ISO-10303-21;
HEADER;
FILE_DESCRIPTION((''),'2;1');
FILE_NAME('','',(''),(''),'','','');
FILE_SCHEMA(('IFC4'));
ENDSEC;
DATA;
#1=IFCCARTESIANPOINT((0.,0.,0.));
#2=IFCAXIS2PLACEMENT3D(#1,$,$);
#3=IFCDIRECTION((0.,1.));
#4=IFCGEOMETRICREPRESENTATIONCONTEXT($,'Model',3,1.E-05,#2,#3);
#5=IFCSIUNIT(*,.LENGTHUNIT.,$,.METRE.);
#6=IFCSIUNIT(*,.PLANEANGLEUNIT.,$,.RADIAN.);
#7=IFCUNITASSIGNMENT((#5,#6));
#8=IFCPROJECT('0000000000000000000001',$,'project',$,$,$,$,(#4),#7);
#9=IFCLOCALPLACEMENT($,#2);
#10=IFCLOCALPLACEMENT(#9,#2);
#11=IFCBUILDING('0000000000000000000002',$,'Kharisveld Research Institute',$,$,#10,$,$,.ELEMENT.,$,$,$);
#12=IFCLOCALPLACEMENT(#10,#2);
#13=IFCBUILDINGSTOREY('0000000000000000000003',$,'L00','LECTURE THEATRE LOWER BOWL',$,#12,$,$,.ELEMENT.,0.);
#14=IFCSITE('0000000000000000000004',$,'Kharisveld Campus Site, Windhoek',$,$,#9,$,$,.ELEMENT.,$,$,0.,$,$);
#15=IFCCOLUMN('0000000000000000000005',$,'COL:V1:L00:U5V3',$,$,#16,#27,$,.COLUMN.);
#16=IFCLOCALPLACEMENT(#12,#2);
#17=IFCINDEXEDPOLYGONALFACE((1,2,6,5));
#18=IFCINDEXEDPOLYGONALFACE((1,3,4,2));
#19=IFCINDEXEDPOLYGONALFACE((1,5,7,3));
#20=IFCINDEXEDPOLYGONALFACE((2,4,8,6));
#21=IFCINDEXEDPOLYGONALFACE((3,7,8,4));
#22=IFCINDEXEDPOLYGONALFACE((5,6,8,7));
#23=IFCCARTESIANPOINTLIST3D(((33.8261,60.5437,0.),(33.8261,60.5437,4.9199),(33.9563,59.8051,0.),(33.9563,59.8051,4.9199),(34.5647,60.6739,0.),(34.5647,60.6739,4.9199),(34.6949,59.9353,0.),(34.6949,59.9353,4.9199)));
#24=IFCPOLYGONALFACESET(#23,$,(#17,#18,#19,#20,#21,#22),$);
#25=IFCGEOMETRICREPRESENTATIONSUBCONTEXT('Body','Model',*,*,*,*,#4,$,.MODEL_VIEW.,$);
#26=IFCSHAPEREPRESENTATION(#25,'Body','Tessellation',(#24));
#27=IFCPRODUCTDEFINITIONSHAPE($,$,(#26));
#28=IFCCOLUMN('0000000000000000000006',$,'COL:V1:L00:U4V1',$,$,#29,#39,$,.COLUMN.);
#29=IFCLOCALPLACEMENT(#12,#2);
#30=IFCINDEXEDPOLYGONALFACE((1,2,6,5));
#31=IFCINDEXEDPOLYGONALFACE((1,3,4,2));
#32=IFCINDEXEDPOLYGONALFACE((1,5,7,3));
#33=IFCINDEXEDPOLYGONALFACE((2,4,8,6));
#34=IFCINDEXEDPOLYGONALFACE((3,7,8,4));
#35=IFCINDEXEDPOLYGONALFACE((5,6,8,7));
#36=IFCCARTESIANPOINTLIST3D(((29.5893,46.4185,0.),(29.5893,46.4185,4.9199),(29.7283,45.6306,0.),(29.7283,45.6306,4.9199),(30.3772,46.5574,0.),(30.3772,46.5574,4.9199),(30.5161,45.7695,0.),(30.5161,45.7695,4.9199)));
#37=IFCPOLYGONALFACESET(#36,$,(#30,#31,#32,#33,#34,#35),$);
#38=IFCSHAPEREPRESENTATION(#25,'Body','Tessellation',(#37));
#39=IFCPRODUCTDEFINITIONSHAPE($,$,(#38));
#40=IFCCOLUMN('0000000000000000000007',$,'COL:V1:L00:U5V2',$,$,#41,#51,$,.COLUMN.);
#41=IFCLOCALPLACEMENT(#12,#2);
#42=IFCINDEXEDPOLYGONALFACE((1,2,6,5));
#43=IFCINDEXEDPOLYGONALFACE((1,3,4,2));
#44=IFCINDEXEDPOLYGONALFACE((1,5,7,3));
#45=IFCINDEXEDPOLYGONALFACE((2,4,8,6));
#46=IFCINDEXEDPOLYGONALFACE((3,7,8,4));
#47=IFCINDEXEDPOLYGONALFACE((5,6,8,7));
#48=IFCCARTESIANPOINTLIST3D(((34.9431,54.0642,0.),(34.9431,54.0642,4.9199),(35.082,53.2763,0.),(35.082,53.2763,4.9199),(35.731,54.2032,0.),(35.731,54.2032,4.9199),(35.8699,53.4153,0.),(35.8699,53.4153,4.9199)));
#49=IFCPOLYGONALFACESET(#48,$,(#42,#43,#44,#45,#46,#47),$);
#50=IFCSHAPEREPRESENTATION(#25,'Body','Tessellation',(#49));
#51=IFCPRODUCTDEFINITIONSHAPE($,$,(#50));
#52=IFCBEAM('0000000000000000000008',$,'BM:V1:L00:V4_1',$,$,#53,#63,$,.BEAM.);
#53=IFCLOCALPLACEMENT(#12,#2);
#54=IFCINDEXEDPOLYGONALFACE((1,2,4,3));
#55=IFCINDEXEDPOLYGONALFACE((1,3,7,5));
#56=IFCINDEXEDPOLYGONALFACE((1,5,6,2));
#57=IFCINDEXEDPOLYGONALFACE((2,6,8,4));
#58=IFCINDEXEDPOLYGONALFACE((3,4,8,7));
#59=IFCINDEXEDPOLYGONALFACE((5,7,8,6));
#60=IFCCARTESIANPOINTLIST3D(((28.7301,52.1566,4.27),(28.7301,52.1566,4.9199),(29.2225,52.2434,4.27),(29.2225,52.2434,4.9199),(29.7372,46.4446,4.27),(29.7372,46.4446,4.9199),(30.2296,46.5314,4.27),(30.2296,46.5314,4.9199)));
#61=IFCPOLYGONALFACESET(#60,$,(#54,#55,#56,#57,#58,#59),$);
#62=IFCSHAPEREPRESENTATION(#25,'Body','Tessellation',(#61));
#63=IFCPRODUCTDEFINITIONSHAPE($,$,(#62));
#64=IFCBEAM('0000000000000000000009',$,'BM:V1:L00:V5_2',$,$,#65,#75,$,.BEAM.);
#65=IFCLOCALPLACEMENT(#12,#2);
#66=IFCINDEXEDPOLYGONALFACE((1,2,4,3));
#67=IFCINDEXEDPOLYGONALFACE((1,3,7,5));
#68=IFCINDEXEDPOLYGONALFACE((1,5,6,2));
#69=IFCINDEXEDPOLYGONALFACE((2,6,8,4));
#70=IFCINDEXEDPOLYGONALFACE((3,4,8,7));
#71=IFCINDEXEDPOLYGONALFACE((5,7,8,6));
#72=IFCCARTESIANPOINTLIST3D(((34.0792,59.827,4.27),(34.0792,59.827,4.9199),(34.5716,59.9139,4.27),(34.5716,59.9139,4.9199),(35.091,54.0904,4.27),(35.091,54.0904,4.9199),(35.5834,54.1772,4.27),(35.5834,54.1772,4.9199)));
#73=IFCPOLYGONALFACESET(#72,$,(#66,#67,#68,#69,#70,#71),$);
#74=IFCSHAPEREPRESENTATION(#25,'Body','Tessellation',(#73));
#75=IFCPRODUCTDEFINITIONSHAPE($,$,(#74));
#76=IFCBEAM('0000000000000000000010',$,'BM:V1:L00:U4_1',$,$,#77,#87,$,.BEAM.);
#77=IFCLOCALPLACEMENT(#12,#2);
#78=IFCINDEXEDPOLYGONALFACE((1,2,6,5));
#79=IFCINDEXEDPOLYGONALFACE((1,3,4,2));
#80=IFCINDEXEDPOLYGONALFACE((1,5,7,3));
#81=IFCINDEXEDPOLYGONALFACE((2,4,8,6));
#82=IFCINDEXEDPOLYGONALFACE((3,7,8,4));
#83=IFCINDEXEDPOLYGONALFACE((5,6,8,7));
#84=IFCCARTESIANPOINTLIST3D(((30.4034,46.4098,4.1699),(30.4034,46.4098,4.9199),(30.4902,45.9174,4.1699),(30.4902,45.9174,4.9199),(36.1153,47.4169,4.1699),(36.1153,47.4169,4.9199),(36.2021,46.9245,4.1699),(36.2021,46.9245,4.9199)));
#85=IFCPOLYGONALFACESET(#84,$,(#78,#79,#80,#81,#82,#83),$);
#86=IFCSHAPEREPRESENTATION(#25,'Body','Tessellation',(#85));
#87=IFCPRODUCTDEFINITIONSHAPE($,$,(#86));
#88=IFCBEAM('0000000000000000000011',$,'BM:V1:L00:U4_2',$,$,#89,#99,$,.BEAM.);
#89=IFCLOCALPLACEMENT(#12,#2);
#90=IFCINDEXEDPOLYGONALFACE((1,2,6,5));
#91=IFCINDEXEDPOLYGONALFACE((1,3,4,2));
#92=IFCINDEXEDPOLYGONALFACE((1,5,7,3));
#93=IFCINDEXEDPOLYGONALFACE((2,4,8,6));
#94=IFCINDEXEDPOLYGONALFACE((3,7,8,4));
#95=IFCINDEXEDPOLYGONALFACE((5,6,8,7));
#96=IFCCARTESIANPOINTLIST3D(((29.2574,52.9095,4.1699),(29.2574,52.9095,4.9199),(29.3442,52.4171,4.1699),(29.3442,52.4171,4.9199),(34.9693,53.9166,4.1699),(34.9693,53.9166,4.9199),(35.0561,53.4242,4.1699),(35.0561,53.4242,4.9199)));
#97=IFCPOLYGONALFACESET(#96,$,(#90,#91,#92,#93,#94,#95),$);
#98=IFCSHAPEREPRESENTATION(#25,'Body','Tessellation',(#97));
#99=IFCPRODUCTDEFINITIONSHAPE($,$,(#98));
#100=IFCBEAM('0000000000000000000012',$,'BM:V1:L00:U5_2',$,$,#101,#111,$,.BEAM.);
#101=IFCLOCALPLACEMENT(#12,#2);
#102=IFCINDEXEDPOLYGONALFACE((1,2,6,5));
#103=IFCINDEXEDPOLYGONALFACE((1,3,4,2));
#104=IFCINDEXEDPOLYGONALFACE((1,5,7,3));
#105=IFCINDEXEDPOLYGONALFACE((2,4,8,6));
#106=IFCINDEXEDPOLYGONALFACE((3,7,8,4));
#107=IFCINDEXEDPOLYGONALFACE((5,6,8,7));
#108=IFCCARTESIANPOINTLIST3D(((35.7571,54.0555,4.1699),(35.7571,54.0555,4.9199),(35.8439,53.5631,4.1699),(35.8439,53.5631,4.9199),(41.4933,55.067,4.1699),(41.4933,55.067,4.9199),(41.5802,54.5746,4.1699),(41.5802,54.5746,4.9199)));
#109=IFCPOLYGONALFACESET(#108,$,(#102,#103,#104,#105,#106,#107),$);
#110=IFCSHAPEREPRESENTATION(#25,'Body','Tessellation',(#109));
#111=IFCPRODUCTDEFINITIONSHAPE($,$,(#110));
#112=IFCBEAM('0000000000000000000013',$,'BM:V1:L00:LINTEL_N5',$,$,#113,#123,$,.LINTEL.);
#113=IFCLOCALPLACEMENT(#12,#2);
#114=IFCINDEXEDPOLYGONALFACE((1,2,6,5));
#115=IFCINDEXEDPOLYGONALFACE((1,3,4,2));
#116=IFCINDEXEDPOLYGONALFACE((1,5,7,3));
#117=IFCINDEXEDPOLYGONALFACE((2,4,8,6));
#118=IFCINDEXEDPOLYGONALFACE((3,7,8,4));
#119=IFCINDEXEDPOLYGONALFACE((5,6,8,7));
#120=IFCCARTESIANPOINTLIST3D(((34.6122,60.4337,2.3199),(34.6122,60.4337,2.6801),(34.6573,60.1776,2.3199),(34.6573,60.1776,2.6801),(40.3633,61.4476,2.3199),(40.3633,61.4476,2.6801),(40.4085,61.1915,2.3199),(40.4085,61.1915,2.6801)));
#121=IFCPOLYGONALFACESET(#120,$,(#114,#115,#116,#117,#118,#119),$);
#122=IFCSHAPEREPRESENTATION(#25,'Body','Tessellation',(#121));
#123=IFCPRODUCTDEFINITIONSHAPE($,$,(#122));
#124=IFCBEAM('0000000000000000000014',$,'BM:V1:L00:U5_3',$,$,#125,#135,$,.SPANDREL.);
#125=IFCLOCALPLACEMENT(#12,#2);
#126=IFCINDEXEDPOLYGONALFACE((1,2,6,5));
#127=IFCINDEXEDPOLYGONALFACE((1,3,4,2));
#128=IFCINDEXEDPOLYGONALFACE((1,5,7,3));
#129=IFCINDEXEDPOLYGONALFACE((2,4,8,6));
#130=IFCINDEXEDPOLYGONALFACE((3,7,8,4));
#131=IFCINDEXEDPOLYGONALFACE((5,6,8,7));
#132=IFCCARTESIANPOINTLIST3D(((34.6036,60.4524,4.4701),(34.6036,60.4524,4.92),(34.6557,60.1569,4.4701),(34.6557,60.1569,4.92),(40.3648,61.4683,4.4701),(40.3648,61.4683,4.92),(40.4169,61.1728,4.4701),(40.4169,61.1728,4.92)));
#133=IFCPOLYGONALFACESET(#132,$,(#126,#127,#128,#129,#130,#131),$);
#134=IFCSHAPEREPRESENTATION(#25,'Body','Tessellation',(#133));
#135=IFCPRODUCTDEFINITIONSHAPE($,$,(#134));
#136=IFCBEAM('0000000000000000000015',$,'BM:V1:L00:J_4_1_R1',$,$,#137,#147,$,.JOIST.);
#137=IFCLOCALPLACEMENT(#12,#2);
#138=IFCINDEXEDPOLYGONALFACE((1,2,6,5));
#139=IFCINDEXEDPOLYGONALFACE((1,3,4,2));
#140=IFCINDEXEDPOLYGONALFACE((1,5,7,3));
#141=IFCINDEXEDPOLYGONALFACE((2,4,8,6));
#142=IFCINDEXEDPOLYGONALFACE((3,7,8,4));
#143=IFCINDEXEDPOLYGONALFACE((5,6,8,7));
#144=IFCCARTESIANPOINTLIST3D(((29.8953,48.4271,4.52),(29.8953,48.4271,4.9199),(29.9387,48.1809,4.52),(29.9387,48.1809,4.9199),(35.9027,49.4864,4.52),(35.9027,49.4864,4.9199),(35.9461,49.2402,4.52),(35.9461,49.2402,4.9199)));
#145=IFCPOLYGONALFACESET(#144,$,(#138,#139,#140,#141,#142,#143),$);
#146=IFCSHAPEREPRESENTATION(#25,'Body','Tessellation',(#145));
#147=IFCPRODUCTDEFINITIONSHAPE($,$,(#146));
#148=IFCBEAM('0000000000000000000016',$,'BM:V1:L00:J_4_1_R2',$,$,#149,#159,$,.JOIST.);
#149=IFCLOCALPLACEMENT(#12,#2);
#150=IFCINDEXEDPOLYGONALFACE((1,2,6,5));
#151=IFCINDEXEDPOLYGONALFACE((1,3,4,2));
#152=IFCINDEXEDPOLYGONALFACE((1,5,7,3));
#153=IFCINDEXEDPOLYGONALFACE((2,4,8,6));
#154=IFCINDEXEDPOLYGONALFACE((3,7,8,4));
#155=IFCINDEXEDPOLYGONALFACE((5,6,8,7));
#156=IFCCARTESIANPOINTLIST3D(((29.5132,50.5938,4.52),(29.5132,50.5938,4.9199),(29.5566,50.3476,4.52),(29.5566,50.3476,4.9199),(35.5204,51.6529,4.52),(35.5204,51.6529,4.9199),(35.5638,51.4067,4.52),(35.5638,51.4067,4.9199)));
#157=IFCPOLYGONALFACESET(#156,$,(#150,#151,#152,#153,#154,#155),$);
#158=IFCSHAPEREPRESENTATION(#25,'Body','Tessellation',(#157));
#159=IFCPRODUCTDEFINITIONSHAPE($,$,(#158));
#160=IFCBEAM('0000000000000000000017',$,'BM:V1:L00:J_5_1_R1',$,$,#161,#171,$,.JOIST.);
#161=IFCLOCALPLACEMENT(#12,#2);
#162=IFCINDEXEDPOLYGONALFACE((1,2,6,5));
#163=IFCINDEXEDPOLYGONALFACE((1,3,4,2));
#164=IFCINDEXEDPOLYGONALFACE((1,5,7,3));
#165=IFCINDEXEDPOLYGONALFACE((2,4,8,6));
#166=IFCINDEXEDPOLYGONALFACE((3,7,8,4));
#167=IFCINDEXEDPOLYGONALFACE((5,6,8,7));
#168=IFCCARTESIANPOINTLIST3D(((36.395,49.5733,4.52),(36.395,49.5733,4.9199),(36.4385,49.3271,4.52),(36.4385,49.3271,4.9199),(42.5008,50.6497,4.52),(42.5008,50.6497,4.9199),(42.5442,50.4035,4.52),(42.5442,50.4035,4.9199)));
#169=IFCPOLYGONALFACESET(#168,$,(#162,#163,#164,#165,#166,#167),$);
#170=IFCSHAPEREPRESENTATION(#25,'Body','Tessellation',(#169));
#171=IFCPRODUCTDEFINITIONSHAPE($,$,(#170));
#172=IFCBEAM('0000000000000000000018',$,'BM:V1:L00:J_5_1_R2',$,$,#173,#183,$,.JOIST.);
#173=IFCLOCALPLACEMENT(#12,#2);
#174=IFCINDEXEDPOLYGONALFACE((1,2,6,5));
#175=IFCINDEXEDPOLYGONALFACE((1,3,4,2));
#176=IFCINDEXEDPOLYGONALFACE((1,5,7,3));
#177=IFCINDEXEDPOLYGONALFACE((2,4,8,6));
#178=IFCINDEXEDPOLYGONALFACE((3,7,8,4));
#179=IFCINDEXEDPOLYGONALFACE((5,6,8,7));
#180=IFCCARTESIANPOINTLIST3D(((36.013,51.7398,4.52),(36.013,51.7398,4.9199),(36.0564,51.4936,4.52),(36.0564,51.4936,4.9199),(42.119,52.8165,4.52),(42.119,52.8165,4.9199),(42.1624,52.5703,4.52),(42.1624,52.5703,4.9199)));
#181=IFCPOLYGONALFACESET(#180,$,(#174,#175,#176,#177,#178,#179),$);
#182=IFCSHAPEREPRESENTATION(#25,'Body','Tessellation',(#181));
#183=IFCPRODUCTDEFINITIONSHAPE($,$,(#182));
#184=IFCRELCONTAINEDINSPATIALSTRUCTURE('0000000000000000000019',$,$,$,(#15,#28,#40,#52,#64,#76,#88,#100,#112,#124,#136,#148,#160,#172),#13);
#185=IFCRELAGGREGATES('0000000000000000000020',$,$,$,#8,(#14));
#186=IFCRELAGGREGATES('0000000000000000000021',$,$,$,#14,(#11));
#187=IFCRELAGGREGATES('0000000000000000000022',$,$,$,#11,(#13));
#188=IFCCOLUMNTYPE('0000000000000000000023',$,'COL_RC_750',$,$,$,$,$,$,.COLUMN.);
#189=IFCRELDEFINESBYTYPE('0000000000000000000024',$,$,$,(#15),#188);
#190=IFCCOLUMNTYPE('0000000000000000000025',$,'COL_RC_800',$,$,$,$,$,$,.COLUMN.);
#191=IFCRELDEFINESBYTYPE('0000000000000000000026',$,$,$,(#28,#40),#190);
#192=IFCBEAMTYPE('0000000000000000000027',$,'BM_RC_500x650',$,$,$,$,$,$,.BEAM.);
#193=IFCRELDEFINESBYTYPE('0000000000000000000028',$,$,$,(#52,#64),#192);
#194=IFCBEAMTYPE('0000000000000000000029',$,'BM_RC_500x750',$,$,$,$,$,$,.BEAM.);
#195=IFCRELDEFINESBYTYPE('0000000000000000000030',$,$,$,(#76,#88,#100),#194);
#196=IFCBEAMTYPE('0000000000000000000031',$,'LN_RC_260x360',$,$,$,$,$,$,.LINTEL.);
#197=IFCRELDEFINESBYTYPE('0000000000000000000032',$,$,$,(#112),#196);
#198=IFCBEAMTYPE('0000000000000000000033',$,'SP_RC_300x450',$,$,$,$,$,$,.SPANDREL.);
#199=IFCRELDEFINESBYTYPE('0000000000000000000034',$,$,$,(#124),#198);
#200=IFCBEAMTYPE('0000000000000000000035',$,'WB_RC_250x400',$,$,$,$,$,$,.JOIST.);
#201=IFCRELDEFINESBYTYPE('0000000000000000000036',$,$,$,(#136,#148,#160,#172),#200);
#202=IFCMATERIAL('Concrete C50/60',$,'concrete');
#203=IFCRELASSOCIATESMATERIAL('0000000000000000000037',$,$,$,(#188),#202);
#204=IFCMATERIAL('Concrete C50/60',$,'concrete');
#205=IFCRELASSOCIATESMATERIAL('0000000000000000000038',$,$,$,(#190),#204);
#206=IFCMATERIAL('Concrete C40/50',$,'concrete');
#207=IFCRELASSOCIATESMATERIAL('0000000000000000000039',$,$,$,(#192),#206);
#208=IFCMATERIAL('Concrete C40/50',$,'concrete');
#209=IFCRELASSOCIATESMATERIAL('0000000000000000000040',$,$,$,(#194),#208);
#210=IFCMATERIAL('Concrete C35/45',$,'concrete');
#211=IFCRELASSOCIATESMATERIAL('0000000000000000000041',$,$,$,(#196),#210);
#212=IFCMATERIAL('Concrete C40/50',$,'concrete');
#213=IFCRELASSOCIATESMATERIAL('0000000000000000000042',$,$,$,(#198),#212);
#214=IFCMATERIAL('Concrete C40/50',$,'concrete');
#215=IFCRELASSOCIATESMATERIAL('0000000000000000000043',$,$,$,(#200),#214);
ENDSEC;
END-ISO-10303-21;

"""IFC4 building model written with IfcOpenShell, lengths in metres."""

from ifc_helpers import new_model, si_unit, direction, frame, origin, origin_2d, place, context, subcontext, project, spatial, rectangle, extrude, material, material_profile, profile_set, type_object, element, save


model = new_model("IFC4")

# Units and contexts
model_context = context("Model", 3, precision=1e-05, world=origin(), true_north=direction((0.0, 1.0)))
body_context = subcontext(model_context, "Body", "Model", "MODEL_VIEW")
ifc_project = project(units=[si_unit("LENGTHUNIT", "METRE"), si_unit("PLANEANGLEUNIT", "RADIAN")], contexts=[model_context])

# Site, building, storey
site_placement = place(None, origin())
site = spatial("IfcSite", under=ifc_project, at=site_placement, Name="Kharisveld Campus Site, Windhoek", CompositionType="ELEMENT", RefElevation=0.0)
building_placement = place(site_placement, origin())
building = spatial("IfcBuilding", under=site, at=building_placement, Name="Kharisveld Research Institute", CompositionType="ELEMENT")
storey_placement = place(building_placement, origin())
storey = spatial("IfcBuildingStorey", under=building, at=storey_placement, Name="L00", Description="LECTURE THEATRE LOWER BOWL", CompositionType="ELEMENT", Elevation=0.0)

# Columns
ifc_material_1 = material(Name="Concrete C50/60", Category="concrete")
ifc_material_profile_1 = material_profile(ifc_material_1, rectangle(XDim=0.75, YDim=0.75, at=origin_2d()))
ifc_profile_set_1 = profile_set([ifc_material_profile_1], Name="Concrete C50/60")
column_type_1 = type_object("IfcColumnType", Name="COL_RC_750", PredefinedType="COLUMN", material=ifc_profile_set_1)
column_placement = place(storey_placement, frame((34.2605, 60.2395, 0.0), z_axis=(0.0, 0.0, 1.0), x_axis=(0.984808, 0.173648, 0.0)))
element("IfcColumn", 1, at=column_placement, inside=storey, type_object=column_type_1, Name="COL:V1:L00:U5V3", PredefinedType="COLUMN", context=body_context, shape_type="SweptSolid", body=[
    extrude(rectangle(XDim=0.75, YDim=0.75, at=origin_2d()), origin(), (0.0, 0.0, 1.0), 4.9199),
])
ifc_material_2 = material(Name="Concrete C50/60", Category="concrete")
ifc_material_profile_2 = material_profile(ifc_material_2, rectangle(XDim=0.8, YDim=0.8, at=origin_2d()))
ifc_profile_set_2 = profile_set([ifc_material_profile_2], Name="Concrete C50/60")
column_type_2 = type_object("IfcColumnType", Name="COL_RC_800", PredefinedType="COLUMN", material=ifc_profile_set_2)
for number, where, z_axis, x_axis, name in (
    (2, (30.0527, 46.094, 0.0), (0.0, 0.0, 1.0), (0.984808, 0.173648, 0.0), "COL:V1:L00:U4V1"),
    (3, (35.4065, 53.7397, 0.0), (0.0, 0.0, 1.0), (0.984808, 0.173648, 0.0), "COL:V1:L00:U5V2"),
):
    element("IfcColumn", number, at=place(storey_placement, frame(where, z_axis=z_axis, x_axis=x_axis)), inside=storey, type_object=column_type_2, Name=name, PredefinedType="COLUMN", context=body_context, shape_type="SweptSolid", body=[
        extrude(rectangle(XDim=0.8, YDim=0.8, at=origin_2d()), origin(), (0.0, 0.0, 1.0), 4.9199),
    ])

# Beams
ifc_material_3 = material(Name="Concrete C40/50", Category="concrete")
ifc_material_profile_3 = material_profile(ifc_material_3, rectangle(XDim=0.5, YDim=0.6499, at=origin_2d()))
ifc_profile_set_3 = profile_set([ifc_material_profile_3], Name="Concrete C40/50")
beam_type_1 = type_object("IfcBeamType", Name="BM_RC_500x650", PredefinedType="BEAM", material=ifc_profile_set_3)
beam_1_placement = place(storey_placement, frame((29.9834, 46.488, 4.595), z_axis=(-0.173634, 0.98481, 0.0), x_axis=(-0.98481, -0.173634, 0.0)))
element("IfcBeam", 4, at=beam_1_placement, inside=storey, type_object=beam_type_1, Name="BM:V1:L00:V4_1", PredefinedType="BEAM", context=body_context, shape_type="SweptSolid", body=[
    extrude(rectangle(XDim=0.5, YDim=0.6499, at=origin_2d()), origin(), (0.0, 0.0, 1.0), 5.8),
])
beam_2_placement = place(storey_placement, frame((35.3372, 54.1338, 4.595), z_axis=(-0.173683, 0.984802, 0.0), x_axis=(-0.984802, -0.173683, 0.0)))
element("IfcBeam", 5, at=beam_2_placement, inside=storey, type_object=beam_type_1, Name="BM:V1:L00:V5_2", PredefinedType="BEAM", context=body_context, shape_type="SweptSolid", body=[
    extrude(rectangle(XDim=0.5, YDim=0.6499, at=origin_2d()), origin(), (0.0, 0.0, 1.0), 5.8252),
])
ifc_material_4 = material(Name="Concrete C40/50", Category="concrete")
ifc_material_profile_4 = material_profile(ifc_material_4, rectangle(XDim=0.5, YDim=0.75, at=origin_2d()))
ifc_profile_set_4 = profile_set([ifc_material_profile_4], Name="Concrete C40/50")
beam_type_2 = type_object("IfcBeamType", Name="BM_RC_500x750", PredefinedType="BEAM", material=ifc_profile_set_4)
for number, where, z_axis, x_axis, name in (
    (6, (30.4468, 46.1636, 4.5449), (0.98481, 0.173634, 0.0), (-0.173634, 0.98481, 0.0), "BM:V1:L00:U4_1"),
    (7, (29.3008, 52.6633, 4.5449), (0.98481, 0.173634, 0.0), (-0.173634, 0.98481, 0.0), "BM:V1:L00:U4_2"),
):
    element("IfcBeam", number, at=place(storey_placement, frame(where, z_axis=z_axis, x_axis=x_axis)), inside=storey, type_object=beam_type_2, Name=name, PredefinedType="BEAM", context=body_context, shape_type="SweptSolid", body=[
        extrude(rectangle(XDim=0.5, YDim=0.75, at=origin_2d()), origin(), (0.0, 0.0, 1.0), 5.8),
    ])
beam_3_placement = place(storey_placement, frame((35.8005, 53.8093, 4.5449), z_axis=(0.984808, 0.173649, 0.0), x_axis=(-0.173649, 0.984808, 0.0)))
element("IfcBeam", 8, at=beam_3_placement, inside=storey, type_object=beam_type_2, Name="BM:V1:L00:U5_2", PredefinedType="BEAM", context=body_context, shape_type="SweptSolid", body=[
    extrude(rectangle(XDim=0.5, YDim=0.75, at=origin_2d()), origin(), (0.0, 0.0, 1.0), 5.8247),
])
ifc_material_5 = material(Name="Concrete C35/45", Category="concrete")
ifc_material_profile_5 = material_profile(ifc_material_5, rectangle(XDim=0.26, YDim=0.3601, at=origin_2d()))
ifc_profile_set_5 = profile_set([ifc_material_profile_5], Name="Concrete C35/45")
beam_type_3 = type_object("IfcBeamType", Name="LN_RC_260x360", PredefinedType="LINTEL", material=ifc_profile_set_5)
beam_4_placement = place(storey_placement, frame((34.6348, 60.3057, 2.5), z_axis=(0.984813, 0.173618, 0.0), x_axis=(-0.173618, 0.984813, 0.0)))
element("IfcBeam", 9, at=beam_4_placement, inside=storey, type_object=beam_type_3, Name="BM:V1:L00:LINTEL_N5", PredefinedType="LINTEL", context=body_context, shape_type="SweptSolid", body=[
    extrude(rectangle(XDim=0.26, YDim=0.3601, at=origin_2d()), origin(), (0.0, 0.0, 1.0), 5.8398),
])
ifc_material_6 = material(Name="Concrete C40/50", Category="concrete")
ifc_material_profile_6 = material_profile(ifc_material_6, rectangle(XDim=0.3, YDim=0.45, at=origin_2d()))
ifc_profile_set_6 = profile_set([ifc_material_profile_6], Name="Concrete C40/50")
beam_type_4 = type_object("IfcBeamType", Name="SP_RC_300x450", PredefinedType="SPANDREL", material=ifc_profile_set_6)
beam_5_placement = place(storey_placement, frame((34.6296, 60.3047, 4.6951), z_axis=(0.984807, 0.17365, 0.0), x_axis=(-0.17365, 0.984807, 0.0)))
element("IfcBeam", 10, at=beam_5_placement, inside=storey, type_object=beam_type_4, Name="BM:V1:L00:U5_3", PredefinedType="SPANDREL", context=body_context, shape_type="SweptSolid", body=[
    extrude(rectangle(XDim=0.3, YDim=0.45, at=origin_2d()), origin(), (0.0, 0.0, 1.0), 5.8501),
])
ifc_material_7 = material(Name="Concrete C40/50", Category="concrete")
ifc_material_profile_7 = material_profile(ifc_material_7, rectangle(XDim=0.25, YDim=0.3999, at=origin_2d()))
ifc_profile_set_7 = profile_set([ifc_material_profile_7], Name="Concrete C40/50")
beam_type_5 = type_object("IfcBeamType", Name="WB_RC_250x400", PredefinedType="JOIST", material=ifc_profile_set_7)
beam_6_placement = place(storey_placement, frame((29.917, 48.304, 4.72), z_axis=(0.984806, 0.17366, 0.0), x_axis=(-0.17366, 0.984806, 0.0)))
element("IfcBeam", 11, at=beam_6_placement, inside=storey, type_object=beam_type_5, Name="BM:V1:L00:J_4_1_R1", PredefinedType="JOIST", context=body_context, shape_type="SweptSolid", body=[
    extrude(rectangle(XDim=0.25, YDim=0.3999, at=origin_2d()), origin(), (0.0, 0.0, 1.0), 6.1001),
])
beam_7_placement = place(storey_placement, frame((29.5349, 50.4707, 4.72), z_axis=(0.984813, 0.173621, 0.0), x_axis=(-0.173621, 0.984813, 0.0)))
element("IfcBeam", 12, at=beam_7_placement, inside=storey, type_object=beam_type_5, Name="BM:V1:L00:J_4_1_R2", PredefinedType="JOIST", context=body_context, shape_type="SweptSolid", body=[
    extrude(rectangle(XDim=0.25, YDim=0.3999, at=origin_2d()), origin(), (0.0, 0.0, 1.0), 6.0999),
])
beam_8_placement = place(storey_placement, frame((36.4167, 49.4502, 4.72), z_axis=(0.984813, 0.173619, 0.0), x_axis=(-0.173619, 0.984813, 0.0)))
element("IfcBeam", 13, at=beam_8_placement, inside=storey, type_object=beam_type_5, Name="BM:V1:L00:J_5_1_R1", PredefinedType="JOIST", context=body_context, shape_type="SweptSolid", body=[
    extrude(rectangle(XDim=0.25, YDim=0.3999, at=origin_2d()), origin(), (0.0, 0.0, 1.0), 6.2),
])
beam_9_placement = place(storey_placement, frame((36.0347, 51.6167, 4.72), z_axis=(0.984807, 0.173651, 0.0), x_axis=(-0.173651, 0.984807, 0.0)))
element("IfcBeam", 14, at=beam_9_placement, inside=storey, type_object=beam_type_5, Name="BM:V1:L00:J_5_1_R2", PredefinedType="JOIST", context=body_context, shape_type="SweptSolid", body=[
    extrude(rectangle(XDim=0.25, YDim=0.3999, at=origin_2d()), origin(), (0.0, 0.0, 1.0), 6.2002),
])

save(model, "model.ifc")
